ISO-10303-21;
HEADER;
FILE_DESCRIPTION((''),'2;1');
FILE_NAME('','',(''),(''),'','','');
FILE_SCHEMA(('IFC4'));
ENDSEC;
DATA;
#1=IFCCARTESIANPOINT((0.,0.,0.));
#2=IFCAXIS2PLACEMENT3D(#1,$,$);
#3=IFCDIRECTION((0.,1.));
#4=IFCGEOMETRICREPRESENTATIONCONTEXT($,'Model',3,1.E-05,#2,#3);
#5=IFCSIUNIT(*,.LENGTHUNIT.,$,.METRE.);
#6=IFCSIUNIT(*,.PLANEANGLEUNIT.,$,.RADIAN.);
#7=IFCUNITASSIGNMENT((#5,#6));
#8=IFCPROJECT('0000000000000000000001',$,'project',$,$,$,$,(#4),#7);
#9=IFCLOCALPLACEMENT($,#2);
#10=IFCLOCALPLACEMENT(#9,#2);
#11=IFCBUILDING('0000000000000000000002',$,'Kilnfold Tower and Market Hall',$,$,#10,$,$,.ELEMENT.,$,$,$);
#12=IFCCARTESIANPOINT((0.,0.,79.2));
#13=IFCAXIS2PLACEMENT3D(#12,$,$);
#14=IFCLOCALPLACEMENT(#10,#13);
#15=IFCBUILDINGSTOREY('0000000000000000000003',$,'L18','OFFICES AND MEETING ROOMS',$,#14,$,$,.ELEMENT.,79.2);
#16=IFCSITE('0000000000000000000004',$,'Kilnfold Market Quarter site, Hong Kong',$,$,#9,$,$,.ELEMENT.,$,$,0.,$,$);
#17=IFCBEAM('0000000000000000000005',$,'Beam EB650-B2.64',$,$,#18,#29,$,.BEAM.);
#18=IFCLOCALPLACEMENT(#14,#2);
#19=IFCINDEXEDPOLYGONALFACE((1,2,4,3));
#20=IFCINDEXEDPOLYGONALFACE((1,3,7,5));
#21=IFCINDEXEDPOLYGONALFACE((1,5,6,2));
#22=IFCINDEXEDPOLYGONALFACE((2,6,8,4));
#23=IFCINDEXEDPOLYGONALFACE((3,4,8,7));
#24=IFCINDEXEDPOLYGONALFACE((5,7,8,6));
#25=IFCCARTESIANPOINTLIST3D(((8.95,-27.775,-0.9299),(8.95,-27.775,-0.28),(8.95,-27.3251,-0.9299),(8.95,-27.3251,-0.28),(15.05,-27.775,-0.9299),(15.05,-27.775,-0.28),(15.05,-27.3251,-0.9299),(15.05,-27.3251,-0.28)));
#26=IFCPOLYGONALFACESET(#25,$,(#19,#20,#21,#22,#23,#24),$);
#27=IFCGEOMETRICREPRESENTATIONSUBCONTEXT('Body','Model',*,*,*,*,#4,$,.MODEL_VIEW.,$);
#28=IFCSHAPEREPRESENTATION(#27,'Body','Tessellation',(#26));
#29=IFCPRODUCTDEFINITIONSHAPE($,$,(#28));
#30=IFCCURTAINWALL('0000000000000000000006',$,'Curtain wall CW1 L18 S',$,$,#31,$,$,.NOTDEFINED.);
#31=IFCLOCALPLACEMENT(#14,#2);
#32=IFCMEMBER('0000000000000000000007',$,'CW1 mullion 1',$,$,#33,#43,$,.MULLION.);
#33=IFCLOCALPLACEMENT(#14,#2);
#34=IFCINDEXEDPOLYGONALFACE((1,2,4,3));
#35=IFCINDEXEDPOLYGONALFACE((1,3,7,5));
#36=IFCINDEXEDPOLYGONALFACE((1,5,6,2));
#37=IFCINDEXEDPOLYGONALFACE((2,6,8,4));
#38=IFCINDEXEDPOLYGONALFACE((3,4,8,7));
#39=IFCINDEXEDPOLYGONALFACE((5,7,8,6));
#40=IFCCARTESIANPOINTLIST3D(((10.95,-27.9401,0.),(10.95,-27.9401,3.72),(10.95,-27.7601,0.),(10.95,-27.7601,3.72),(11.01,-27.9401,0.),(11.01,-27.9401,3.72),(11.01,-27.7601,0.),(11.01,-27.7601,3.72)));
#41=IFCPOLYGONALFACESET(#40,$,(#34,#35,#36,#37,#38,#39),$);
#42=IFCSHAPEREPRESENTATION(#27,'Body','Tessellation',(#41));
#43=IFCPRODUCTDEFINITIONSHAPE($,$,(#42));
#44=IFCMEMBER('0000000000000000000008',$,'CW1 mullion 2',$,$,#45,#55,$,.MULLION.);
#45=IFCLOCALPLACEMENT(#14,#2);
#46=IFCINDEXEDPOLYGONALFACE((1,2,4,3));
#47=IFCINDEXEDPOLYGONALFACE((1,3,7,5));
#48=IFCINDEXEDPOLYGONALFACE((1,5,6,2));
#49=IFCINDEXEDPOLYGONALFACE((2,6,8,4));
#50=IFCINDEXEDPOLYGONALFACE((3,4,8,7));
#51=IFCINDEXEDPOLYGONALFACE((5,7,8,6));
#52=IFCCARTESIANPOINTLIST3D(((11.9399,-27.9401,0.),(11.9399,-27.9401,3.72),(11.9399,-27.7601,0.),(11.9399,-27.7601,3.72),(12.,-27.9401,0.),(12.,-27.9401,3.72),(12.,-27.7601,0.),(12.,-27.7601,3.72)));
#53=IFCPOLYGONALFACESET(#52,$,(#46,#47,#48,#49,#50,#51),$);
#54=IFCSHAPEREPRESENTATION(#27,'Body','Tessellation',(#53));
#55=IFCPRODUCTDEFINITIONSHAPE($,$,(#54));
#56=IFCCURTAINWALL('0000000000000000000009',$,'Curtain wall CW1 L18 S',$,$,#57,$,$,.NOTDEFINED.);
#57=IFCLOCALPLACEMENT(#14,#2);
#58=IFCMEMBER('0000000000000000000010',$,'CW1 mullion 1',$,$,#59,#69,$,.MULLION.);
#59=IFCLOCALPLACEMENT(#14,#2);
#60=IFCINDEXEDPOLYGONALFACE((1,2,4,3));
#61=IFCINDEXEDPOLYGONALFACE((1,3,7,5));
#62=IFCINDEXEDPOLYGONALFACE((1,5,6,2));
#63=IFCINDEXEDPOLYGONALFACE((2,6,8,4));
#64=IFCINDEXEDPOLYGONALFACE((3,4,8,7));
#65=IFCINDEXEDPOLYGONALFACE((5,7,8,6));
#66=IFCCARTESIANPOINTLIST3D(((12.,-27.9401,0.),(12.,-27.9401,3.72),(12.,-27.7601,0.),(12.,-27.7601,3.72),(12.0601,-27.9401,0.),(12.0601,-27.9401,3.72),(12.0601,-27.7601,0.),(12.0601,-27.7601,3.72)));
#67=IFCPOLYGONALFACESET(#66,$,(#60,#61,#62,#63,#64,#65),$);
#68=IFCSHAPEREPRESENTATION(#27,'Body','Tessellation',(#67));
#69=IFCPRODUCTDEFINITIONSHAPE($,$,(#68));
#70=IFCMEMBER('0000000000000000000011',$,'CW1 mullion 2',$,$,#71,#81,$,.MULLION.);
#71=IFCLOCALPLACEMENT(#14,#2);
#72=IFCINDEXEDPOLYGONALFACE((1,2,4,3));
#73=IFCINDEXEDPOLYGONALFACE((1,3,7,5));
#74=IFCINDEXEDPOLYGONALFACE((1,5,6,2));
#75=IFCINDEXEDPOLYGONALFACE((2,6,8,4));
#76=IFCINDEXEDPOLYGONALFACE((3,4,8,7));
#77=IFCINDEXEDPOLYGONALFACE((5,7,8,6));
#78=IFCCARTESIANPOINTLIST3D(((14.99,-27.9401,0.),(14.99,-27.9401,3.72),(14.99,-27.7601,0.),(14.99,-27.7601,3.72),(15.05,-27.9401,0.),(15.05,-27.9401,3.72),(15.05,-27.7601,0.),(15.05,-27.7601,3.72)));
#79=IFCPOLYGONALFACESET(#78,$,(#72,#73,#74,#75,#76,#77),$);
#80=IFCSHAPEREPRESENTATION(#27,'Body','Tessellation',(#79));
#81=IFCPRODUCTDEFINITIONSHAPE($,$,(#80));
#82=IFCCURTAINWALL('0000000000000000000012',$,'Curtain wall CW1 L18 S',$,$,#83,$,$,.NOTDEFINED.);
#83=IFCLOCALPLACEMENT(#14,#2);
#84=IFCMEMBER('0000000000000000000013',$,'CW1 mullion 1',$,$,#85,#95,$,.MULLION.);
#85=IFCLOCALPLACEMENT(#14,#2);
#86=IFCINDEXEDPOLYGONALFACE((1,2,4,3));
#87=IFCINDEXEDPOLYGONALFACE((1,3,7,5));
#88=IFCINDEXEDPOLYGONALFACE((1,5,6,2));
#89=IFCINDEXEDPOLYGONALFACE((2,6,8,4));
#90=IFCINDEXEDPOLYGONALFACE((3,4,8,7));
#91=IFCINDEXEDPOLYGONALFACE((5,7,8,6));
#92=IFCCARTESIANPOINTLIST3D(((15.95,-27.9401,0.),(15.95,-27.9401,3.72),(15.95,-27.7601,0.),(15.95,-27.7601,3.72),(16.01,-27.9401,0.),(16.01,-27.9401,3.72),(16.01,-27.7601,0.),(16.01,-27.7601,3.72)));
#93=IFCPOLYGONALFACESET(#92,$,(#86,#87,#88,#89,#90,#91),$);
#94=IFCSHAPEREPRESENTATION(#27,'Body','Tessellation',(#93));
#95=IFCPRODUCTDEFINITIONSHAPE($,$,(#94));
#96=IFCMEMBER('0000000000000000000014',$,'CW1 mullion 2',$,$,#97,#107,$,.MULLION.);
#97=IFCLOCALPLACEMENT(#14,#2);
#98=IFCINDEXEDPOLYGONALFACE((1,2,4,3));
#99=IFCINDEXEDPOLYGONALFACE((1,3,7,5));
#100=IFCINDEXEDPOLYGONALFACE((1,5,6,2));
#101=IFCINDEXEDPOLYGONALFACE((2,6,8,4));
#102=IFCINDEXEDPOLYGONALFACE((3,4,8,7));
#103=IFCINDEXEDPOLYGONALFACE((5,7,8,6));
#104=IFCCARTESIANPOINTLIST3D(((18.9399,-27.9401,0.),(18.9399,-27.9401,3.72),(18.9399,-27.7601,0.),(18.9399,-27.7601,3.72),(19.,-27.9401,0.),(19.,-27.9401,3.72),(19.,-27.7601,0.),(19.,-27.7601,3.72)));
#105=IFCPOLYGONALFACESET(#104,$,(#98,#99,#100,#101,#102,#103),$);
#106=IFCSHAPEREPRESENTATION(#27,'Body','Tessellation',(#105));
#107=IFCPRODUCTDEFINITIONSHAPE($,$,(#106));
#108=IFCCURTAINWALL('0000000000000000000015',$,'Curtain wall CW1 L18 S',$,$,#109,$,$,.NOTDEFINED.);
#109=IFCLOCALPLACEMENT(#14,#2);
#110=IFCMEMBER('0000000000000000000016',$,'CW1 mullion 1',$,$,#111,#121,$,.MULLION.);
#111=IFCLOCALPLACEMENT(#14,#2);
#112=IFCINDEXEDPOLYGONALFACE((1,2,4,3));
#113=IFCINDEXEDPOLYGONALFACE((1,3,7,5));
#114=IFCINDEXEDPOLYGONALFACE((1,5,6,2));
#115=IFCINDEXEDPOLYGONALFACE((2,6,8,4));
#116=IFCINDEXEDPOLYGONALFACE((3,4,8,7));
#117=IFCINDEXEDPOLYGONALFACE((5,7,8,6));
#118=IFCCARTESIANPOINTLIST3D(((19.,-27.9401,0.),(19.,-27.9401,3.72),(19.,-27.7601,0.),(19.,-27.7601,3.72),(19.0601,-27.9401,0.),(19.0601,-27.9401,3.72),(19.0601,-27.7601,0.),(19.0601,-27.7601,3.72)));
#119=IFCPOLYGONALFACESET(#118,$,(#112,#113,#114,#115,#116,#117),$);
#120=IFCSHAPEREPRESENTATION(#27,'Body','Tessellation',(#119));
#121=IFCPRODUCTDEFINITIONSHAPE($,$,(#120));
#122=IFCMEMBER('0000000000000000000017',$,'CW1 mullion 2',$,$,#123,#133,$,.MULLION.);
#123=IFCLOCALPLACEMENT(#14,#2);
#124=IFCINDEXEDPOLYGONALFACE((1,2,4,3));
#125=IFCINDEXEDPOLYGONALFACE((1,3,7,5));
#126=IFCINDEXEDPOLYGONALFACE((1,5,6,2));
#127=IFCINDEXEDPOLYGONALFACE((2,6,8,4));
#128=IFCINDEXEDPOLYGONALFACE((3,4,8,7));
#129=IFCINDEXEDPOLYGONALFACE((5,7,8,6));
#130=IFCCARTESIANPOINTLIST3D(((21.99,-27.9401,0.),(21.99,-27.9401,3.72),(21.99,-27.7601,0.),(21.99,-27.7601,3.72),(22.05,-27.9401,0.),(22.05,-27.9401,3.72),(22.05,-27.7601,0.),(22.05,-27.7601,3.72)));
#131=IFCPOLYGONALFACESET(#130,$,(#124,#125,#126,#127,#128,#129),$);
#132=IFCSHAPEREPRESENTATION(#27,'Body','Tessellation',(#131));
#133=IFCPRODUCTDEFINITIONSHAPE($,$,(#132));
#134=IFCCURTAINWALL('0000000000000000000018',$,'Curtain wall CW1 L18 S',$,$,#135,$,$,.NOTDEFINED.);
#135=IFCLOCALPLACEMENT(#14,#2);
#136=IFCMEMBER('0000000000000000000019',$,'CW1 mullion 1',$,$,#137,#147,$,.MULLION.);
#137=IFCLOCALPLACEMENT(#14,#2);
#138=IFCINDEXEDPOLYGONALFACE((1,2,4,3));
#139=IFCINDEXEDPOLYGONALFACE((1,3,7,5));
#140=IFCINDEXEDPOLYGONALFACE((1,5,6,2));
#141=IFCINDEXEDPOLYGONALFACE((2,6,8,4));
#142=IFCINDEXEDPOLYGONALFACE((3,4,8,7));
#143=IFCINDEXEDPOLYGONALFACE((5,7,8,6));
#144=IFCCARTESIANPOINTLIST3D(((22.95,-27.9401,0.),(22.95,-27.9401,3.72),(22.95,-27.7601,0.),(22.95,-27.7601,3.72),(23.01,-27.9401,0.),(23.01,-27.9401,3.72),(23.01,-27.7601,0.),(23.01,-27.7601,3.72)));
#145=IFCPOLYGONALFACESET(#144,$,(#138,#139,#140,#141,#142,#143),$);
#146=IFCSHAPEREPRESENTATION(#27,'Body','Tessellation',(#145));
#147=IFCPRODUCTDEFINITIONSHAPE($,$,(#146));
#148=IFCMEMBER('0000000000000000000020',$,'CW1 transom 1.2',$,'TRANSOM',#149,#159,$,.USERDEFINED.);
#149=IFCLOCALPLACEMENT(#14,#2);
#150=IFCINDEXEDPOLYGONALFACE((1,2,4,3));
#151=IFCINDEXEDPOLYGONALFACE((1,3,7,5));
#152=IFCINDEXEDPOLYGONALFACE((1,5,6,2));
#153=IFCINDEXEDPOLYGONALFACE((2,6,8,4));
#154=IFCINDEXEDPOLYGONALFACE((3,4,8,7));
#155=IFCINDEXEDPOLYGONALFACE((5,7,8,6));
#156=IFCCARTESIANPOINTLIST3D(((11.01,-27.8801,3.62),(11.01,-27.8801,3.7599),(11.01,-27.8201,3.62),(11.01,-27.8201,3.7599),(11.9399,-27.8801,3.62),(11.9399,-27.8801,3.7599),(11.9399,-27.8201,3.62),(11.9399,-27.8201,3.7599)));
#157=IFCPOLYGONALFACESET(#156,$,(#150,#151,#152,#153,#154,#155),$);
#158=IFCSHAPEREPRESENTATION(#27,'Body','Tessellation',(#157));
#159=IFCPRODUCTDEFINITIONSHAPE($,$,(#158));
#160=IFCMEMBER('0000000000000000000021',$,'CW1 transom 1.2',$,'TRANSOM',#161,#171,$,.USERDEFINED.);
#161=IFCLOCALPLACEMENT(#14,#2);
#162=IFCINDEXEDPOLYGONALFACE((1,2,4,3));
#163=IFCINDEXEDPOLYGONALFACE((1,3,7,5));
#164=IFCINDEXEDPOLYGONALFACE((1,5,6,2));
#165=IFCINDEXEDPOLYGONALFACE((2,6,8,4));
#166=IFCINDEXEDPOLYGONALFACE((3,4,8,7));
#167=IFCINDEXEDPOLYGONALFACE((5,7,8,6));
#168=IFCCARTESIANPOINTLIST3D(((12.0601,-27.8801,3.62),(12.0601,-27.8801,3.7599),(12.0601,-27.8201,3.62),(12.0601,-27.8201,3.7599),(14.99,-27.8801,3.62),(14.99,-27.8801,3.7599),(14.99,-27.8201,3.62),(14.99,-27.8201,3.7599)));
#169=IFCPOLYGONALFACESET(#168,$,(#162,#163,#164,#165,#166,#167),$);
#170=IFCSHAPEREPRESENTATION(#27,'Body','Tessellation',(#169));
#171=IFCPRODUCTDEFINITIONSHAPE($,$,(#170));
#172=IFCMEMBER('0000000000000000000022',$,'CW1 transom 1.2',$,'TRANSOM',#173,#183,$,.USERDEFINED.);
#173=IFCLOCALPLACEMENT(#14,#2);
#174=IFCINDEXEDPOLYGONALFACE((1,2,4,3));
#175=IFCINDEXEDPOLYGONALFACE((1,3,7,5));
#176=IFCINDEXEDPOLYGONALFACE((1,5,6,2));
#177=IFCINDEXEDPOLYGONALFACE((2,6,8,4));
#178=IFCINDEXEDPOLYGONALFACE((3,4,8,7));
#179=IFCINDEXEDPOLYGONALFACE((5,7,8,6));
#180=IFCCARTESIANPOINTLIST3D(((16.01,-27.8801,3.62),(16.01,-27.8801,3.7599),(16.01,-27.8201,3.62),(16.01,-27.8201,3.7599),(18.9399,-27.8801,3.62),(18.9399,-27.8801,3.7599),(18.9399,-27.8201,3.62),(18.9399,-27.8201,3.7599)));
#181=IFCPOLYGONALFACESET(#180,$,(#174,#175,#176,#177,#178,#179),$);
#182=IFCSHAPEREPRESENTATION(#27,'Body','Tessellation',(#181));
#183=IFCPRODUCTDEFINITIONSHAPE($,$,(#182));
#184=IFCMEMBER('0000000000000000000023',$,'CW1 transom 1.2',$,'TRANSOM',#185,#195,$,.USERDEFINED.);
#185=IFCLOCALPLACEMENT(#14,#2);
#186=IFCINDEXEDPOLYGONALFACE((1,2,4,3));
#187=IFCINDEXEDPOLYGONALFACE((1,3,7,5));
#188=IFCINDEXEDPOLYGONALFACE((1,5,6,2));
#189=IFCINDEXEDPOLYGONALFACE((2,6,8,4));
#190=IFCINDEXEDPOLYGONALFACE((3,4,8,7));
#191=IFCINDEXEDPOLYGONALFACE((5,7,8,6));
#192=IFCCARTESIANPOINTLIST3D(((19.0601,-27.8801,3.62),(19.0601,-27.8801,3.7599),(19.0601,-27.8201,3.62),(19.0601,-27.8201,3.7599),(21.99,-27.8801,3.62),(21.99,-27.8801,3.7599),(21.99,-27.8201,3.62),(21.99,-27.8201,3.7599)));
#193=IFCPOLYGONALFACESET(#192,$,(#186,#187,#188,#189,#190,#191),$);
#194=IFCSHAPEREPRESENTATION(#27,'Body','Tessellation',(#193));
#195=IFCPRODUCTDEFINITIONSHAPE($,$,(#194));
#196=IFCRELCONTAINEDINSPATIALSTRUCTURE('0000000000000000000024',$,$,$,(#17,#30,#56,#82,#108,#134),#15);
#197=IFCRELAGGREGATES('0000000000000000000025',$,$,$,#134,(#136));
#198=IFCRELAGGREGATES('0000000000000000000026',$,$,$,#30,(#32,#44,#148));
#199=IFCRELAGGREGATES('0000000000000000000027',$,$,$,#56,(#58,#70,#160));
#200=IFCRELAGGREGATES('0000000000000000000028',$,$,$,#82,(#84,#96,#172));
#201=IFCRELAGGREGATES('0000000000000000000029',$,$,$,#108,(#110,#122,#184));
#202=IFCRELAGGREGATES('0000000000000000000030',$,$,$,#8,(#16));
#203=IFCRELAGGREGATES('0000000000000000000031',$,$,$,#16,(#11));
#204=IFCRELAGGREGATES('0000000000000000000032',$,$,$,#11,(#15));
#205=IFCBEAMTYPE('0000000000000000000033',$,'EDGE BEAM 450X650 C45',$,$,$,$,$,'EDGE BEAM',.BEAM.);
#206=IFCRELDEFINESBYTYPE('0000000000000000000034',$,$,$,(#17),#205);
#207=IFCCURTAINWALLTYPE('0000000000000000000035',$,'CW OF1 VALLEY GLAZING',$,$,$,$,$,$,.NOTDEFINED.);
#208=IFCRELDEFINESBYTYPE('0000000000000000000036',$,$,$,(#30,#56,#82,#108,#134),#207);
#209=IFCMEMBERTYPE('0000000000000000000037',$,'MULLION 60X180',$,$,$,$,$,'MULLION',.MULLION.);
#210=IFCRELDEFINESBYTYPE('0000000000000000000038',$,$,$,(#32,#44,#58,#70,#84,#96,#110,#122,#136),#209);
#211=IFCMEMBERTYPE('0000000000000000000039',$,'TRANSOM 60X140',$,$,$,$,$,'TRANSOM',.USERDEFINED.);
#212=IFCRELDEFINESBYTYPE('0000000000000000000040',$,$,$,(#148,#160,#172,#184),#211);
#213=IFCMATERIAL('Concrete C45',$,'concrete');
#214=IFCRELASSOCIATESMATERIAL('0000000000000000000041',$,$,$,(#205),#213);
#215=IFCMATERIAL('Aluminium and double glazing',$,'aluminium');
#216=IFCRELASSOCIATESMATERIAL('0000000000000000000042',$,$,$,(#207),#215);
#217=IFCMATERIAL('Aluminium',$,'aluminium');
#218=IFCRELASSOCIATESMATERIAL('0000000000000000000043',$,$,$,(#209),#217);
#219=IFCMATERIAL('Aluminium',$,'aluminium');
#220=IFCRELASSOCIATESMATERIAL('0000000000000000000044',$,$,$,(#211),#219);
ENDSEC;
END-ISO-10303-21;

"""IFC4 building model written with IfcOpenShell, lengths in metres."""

from ifc_helpers import new_model, si_unit, direction, frame, origin, origin_2d, place, context, subcontext, project, spatial, rectangle, extrude, source, transform, mapped, material, material_profile, profile_set, type_object, element, aggregate, save


model = new_model("IFC4")

# Units and contexts
model_context = context("Model", 3, precision=1e-05, world=origin(), true_north=direction((0.0, 1.0)))
body_context = subcontext(model_context, "Body", "Model", "MODEL_VIEW")
ifc_project = project(units=[si_unit("LENGTHUNIT", "METRE"), si_unit("PLANEANGLEUNIT", "RADIAN")], contexts=[model_context])

# Site, building, storey
site_placement = place(None, origin())
site = spatial("IfcSite", under=ifc_project, at=site_placement, Name="Kilnfold Market Quarter site, Hong Kong", CompositionType="ELEMENT", RefElevation=0.0)
building_placement = place(site_placement, origin())
building = spatial("IfcBuilding", under=site, at=building_placement, Name="Kilnfold Tower and Market Hall", CompositionType="ELEMENT")
storey_placement = place(building_placement, frame((0.0, 0.0, 79.2)))
storey = spatial("IfcBuildingStorey", under=building, at=storey_placement, Name="L18", Description="OFFICES AND MEETING ROOMS", CompositionType="ELEMENT", Elevation=79.2)

# Beam
ifc_material_1 = material(Name="Concrete C45", Category="concrete")
ifc_material_profile_1 = material_profile(ifc_material_1, rectangle(XDim=0.45, YDim=0.6499, at=origin_2d()), Name="RC 450x650")
ifc_profile_set_1 = profile_set([ifc_material_profile_1], Name="Concrete C45")
beam_type = type_object("IfcBeamType", Name="EDGE BEAM 450X650 C45", ElementType="EDGE BEAM", PredefinedType="BEAM", material=ifc_profile_set_1)
shared_shape_1 = source(origin(), body_context, "Body", "SweptSolid", [
    extrude(rectangle(XDim=0.45, YDim=0.6499, at=origin_2d()), origin(), (0.0, 0.0, 1.0), 6.1001),
])
beam_placement = place(storey_placement, frame((8.95, -27.55, -0.605), z_axis=(1.0, 0.0, 0.0), x_axis=(0.0, 1.0, 0.0)))
element("IfcBeam", 1, at=beam_placement, inside=storey, type_object=beam_type, Name="Beam EB650-B2.64", PredefinedType="BEAM", context=body_context, shape_type="MappedRepresentation", body=[
    mapped(shared_shape_1, transform((0.0, 0.0, 0.0))),
])

# Curtain walls, members
ifc_material_2 = material(Name="Aluminium and double glazing", Category="aluminium")
curtain_wall_type = type_object("IfcCurtainWallType", Name="CW OF1 VALLEY GLAZING", PredefinedType="NOTDEFINED", material=ifc_material_2)
curtain_wall_1_placement = place(storey_placement, origin())
curtain_wall_1 = element("IfcCurtainWall", 2, at=curtain_wall_1_placement, inside=storey, type_object=curtain_wall_type, Name="Curtain wall CW1 L18 S", PredefinedType="NOTDEFINED")
ifc_material_3 = material(Name="Aluminium", Category="aluminium")
ifc_material_profile_2 = material_profile(ifc_material_3, rectangle(XDim=0.0601, YDim=0.1799, at=origin_2d()), Name="MULLION 60x180")
ifc_profile_set_2 = profile_set([ifc_material_profile_2], Name="Aluminium")
member_type_1 = type_object("IfcMemberType", Name="MULLION 60X180", ElementType="MULLION", PredefinedType="MULLION", material=ifc_profile_set_2)
shared_shape_2 = source(origin(), body_context, "Body", "SweptSolid", [
    extrude(rectangle(XDim=0.0601, YDim=0.1799, at=origin_2d()), origin(), (0.0, 0.0, 1.0), 3.72),
])
member_1_placement = place(storey_placement, frame((10.98, -27.8501, 0.0), z_axis=(0.0, 0.0, 1.0), x_axis=(1.0, 0.0, 0.0)))
member_1 = element("IfcMember", 3, at=member_1_placement, type_object=member_type_1, Name="CW1 mullion 1", PredefinedType="MULLION", context=body_context, shape_type="MappedRepresentation", body=[
    mapped(shared_shape_2, transform((0.0, 0.0, 0.0))),
])
member_2_placement = place(storey_placement, frame((11.97, -27.8501, 0.0), z_axis=(0.0, 0.0, 1.0), x_axis=(1.0, 0.0, 0.0)))
member_2 = element("IfcMember", 4, at=member_2_placement, type_object=member_type_1, Name="CW1 mullion 2", PredefinedType="MULLION", context=body_context, shape_type="MappedRepresentation", body=[
    mapped(shared_shape_2, transform((0.0, 0.0, 0.0))),
])
curtain_wall_2_placement = place(storey_placement, origin())
curtain_wall_2 = element("IfcCurtainWall", 5, at=curtain_wall_2_placement, inside=storey, type_object=curtain_wall_type, Name="Curtain wall CW1 L18 S", PredefinedType="NOTDEFINED")
member_3_placement = place(storey_placement, frame((12.03, -27.8501, 0.0), z_axis=(0.0, 0.0, 1.0), x_axis=(1.0, 0.0, 0.0)))
member_3 = element("IfcMember", 6, at=member_3_placement, type_object=member_type_1, Name="CW1 mullion 1", PredefinedType="MULLION", context=body_context, shape_type="MappedRepresentation", body=[
    mapped(shared_shape_2, transform((0.0, 0.0, 0.0))),
])
member_4_placement = place(storey_placement, frame((15.02, -27.8501, 0.0), z_axis=(0.0, 0.0, 1.0), x_axis=(1.0, 0.0, 0.0)))
member_4 = element("IfcMember", 7, at=member_4_placement, type_object=member_type_1, Name="CW1 mullion 2", PredefinedType="MULLION", context=body_context, shape_type="MappedRepresentation", body=[
    mapped(shared_shape_2, transform((0.0, 0.0, 0.0))),
])
curtain_wall_3_placement = place(storey_placement, origin())
curtain_wall_3 = element("IfcCurtainWall", 8, at=curtain_wall_3_placement, inside=storey, type_object=curtain_wall_type, Name="Curtain wall CW1 L18 S", PredefinedType="NOTDEFINED")
member_5_placement = place(storey_placement, frame((15.98, -27.8501, 0.0), z_axis=(0.0, 0.0, 1.0), x_axis=(1.0, 0.0, 0.0)))
member_5 = element("IfcMember", 9, at=member_5_placement, type_object=member_type_1, Name="CW1 mullion 1", PredefinedType="MULLION", context=body_context, shape_type="MappedRepresentation", body=[
    mapped(shared_shape_2, transform((0.0, 0.0, 0.0))),
])
member_6_placement = place(storey_placement, frame((18.97, -27.8501, 0.0), z_axis=(0.0, 0.0, 1.0), x_axis=(1.0, 0.0, 0.0)))
member_6 = element("IfcMember", 10, at=member_6_placement, type_object=member_type_1, Name="CW1 mullion 2", PredefinedType="MULLION", context=body_context, shape_type="MappedRepresentation", body=[
    mapped(shared_shape_2, transform((0.0, 0.0, 0.0))),
])
curtain_wall_4_placement = place(storey_placement, origin())
curtain_wall_4 = element("IfcCurtainWall", 11, at=curtain_wall_4_placement, inside=storey, type_object=curtain_wall_type, Name="Curtain wall CW1 L18 S", PredefinedType="NOTDEFINED")
member_7_placement = place(storey_placement, frame((19.03, -27.8501, 0.0), z_axis=(0.0, 0.0, 1.0), x_axis=(1.0, 0.0, 0.0)))
member_7 = element("IfcMember", 12, at=member_7_placement, type_object=member_type_1, Name="CW1 mullion 1", PredefinedType="MULLION", context=body_context, shape_type="MappedRepresentation", body=[
    mapped(shared_shape_2, transform((0.0, 0.0, 0.0))),
])
member_8_placement = place(storey_placement, frame((22.02, -27.8501, 0.0), z_axis=(0.0, 0.0, 1.0), x_axis=(1.0, 0.0, 0.0)))
member_8 = element("IfcMember", 13, at=member_8_placement, type_object=member_type_1, Name="CW1 mullion 2", PredefinedType="MULLION", context=body_context, shape_type="MappedRepresentation", body=[
    mapped(shared_shape_2, transform((0.0, 0.0, 0.0))),
])

# Curtain wall, member
curtain_wall_5_placement = place(storey_placement, origin())
curtain_wall_5 = element("IfcCurtainWall", 14, at=curtain_wall_5_placement, inside=storey, type_object=curtain_wall_type, Name="Curtain wall CW1 L18 S", PredefinedType="NOTDEFINED")
member_9_placement = place(storey_placement, frame((22.98, -27.8501, 0.0), z_axis=(0.0, 0.0, 1.0), x_axis=(1.0, 0.0, 0.0)))
member_9 = element("IfcMember", 15, at=member_9_placement, type_object=member_type_1, Name="CW1 mullion 1", PredefinedType="MULLION", context=body_context, shape_type="MappedRepresentation", body=[
    mapped(shared_shape_2, transform((0.0, 0.0, 0.0))),
])

# Members
ifc_material_4 = material(Name="Aluminium", Category="aluminium")
ifc_material_profile_3 = material_profile(ifc_material_4, rectangle(XDim=0.0601, YDim=0.1399, at=origin_2d()), Name="TRANSOM 60x140")
ifc_profile_set_3 = profile_set([ifc_material_profile_3], Name="Aluminium")
member_type_2 = type_object("IfcMemberType", Name="TRANSOM 60X140", ElementType="TRANSOM", PredefinedType="USERDEFINED", material=ifc_profile_set_3)
shared_shape_3 = source(origin(), body_context, "Body", "SweptSolid", [
    extrude(rectangle(XDim=0.0601, YDim=0.1399, at=origin_2d()), origin(), (0.0, 0.0, 1.0), 0.9299),
])
member_10_placement = place(storey_placement, frame((11.01, -27.8501, 3.6899), z_axis=(1.0, 0.0, 0.0), x_axis=(0.0, 1.0, 0.0)))
member_10 = element("IfcMember", 16, at=member_10_placement, type_object=member_type_2, Name="CW1 transom 1.2", ObjectType="TRANSOM", PredefinedType="USERDEFINED", context=body_context, shape_type="MappedRepresentation", body=[
    mapped(shared_shape_3, transform((0.0, 0.0, 0.0))),
])
shared_shape_4 = source(origin(), body_context, "Body", "SweptSolid", [
    extrude(rectangle(XDim=0.0601, YDim=0.1399, at=origin_2d()), origin(), (0.0, 0.0, 1.0), 2.9299),
])
member_11_placement = place(storey_placement, frame((12.0601, -27.8501, 3.6899), z_axis=(1.0, 0.0, 0.0), x_axis=(0.0, 1.0, 0.0)))
member_11 = element("IfcMember", 17, at=member_11_placement, type_object=member_type_2, Name="CW1 transom 1.2", ObjectType="TRANSOM", PredefinedType="USERDEFINED", context=body_context, shape_type="MappedRepresentation", body=[
    mapped(shared_shape_4, transform((0.0, 0.0, 0.0))),
])
member_12_placement = place(storey_placement, frame((16.01, -27.8501, 3.6899), z_axis=(1.0, 0.0, 0.0), x_axis=(0.0, 1.0, 0.0)))
member_12 = element("IfcMember", 18, at=member_12_placement, type_object=member_type_2, Name="CW1 transom 1.2", ObjectType="TRANSOM", PredefinedType="USERDEFINED", context=body_context, shape_type="MappedRepresentation", body=[
    mapped(shared_shape_4, transform((0.0, 0.0, 0.0))),
])
member_13_placement = place(storey_placement, frame((19.0601, -27.8501, 3.6899), z_axis=(1.0, 0.0, 0.0), x_axis=(0.0, 1.0, 0.0)))
member_13 = element("IfcMember", 19, at=member_13_placement, type_object=member_type_2, Name="CW1 transom 1.2", ObjectType="TRANSOM", PredefinedType="USERDEFINED", context=body_context, shape_type="MappedRepresentation", body=[
    mapped(shared_shape_4, transform((0.0, 0.0, 0.0))),
])
aggregate(curtain_wall_5, [member_9])

aggregate(curtain_wall_1, [member_1, member_2, member_10])
aggregate(curtain_wall_2, [member_3, member_4, member_11])
aggregate(curtain_wall_3, [member_5, member_6, member_12])
aggregate(curtain_wall_4, [member_7, member_8, member_13])

save(model, "model.ifc")
